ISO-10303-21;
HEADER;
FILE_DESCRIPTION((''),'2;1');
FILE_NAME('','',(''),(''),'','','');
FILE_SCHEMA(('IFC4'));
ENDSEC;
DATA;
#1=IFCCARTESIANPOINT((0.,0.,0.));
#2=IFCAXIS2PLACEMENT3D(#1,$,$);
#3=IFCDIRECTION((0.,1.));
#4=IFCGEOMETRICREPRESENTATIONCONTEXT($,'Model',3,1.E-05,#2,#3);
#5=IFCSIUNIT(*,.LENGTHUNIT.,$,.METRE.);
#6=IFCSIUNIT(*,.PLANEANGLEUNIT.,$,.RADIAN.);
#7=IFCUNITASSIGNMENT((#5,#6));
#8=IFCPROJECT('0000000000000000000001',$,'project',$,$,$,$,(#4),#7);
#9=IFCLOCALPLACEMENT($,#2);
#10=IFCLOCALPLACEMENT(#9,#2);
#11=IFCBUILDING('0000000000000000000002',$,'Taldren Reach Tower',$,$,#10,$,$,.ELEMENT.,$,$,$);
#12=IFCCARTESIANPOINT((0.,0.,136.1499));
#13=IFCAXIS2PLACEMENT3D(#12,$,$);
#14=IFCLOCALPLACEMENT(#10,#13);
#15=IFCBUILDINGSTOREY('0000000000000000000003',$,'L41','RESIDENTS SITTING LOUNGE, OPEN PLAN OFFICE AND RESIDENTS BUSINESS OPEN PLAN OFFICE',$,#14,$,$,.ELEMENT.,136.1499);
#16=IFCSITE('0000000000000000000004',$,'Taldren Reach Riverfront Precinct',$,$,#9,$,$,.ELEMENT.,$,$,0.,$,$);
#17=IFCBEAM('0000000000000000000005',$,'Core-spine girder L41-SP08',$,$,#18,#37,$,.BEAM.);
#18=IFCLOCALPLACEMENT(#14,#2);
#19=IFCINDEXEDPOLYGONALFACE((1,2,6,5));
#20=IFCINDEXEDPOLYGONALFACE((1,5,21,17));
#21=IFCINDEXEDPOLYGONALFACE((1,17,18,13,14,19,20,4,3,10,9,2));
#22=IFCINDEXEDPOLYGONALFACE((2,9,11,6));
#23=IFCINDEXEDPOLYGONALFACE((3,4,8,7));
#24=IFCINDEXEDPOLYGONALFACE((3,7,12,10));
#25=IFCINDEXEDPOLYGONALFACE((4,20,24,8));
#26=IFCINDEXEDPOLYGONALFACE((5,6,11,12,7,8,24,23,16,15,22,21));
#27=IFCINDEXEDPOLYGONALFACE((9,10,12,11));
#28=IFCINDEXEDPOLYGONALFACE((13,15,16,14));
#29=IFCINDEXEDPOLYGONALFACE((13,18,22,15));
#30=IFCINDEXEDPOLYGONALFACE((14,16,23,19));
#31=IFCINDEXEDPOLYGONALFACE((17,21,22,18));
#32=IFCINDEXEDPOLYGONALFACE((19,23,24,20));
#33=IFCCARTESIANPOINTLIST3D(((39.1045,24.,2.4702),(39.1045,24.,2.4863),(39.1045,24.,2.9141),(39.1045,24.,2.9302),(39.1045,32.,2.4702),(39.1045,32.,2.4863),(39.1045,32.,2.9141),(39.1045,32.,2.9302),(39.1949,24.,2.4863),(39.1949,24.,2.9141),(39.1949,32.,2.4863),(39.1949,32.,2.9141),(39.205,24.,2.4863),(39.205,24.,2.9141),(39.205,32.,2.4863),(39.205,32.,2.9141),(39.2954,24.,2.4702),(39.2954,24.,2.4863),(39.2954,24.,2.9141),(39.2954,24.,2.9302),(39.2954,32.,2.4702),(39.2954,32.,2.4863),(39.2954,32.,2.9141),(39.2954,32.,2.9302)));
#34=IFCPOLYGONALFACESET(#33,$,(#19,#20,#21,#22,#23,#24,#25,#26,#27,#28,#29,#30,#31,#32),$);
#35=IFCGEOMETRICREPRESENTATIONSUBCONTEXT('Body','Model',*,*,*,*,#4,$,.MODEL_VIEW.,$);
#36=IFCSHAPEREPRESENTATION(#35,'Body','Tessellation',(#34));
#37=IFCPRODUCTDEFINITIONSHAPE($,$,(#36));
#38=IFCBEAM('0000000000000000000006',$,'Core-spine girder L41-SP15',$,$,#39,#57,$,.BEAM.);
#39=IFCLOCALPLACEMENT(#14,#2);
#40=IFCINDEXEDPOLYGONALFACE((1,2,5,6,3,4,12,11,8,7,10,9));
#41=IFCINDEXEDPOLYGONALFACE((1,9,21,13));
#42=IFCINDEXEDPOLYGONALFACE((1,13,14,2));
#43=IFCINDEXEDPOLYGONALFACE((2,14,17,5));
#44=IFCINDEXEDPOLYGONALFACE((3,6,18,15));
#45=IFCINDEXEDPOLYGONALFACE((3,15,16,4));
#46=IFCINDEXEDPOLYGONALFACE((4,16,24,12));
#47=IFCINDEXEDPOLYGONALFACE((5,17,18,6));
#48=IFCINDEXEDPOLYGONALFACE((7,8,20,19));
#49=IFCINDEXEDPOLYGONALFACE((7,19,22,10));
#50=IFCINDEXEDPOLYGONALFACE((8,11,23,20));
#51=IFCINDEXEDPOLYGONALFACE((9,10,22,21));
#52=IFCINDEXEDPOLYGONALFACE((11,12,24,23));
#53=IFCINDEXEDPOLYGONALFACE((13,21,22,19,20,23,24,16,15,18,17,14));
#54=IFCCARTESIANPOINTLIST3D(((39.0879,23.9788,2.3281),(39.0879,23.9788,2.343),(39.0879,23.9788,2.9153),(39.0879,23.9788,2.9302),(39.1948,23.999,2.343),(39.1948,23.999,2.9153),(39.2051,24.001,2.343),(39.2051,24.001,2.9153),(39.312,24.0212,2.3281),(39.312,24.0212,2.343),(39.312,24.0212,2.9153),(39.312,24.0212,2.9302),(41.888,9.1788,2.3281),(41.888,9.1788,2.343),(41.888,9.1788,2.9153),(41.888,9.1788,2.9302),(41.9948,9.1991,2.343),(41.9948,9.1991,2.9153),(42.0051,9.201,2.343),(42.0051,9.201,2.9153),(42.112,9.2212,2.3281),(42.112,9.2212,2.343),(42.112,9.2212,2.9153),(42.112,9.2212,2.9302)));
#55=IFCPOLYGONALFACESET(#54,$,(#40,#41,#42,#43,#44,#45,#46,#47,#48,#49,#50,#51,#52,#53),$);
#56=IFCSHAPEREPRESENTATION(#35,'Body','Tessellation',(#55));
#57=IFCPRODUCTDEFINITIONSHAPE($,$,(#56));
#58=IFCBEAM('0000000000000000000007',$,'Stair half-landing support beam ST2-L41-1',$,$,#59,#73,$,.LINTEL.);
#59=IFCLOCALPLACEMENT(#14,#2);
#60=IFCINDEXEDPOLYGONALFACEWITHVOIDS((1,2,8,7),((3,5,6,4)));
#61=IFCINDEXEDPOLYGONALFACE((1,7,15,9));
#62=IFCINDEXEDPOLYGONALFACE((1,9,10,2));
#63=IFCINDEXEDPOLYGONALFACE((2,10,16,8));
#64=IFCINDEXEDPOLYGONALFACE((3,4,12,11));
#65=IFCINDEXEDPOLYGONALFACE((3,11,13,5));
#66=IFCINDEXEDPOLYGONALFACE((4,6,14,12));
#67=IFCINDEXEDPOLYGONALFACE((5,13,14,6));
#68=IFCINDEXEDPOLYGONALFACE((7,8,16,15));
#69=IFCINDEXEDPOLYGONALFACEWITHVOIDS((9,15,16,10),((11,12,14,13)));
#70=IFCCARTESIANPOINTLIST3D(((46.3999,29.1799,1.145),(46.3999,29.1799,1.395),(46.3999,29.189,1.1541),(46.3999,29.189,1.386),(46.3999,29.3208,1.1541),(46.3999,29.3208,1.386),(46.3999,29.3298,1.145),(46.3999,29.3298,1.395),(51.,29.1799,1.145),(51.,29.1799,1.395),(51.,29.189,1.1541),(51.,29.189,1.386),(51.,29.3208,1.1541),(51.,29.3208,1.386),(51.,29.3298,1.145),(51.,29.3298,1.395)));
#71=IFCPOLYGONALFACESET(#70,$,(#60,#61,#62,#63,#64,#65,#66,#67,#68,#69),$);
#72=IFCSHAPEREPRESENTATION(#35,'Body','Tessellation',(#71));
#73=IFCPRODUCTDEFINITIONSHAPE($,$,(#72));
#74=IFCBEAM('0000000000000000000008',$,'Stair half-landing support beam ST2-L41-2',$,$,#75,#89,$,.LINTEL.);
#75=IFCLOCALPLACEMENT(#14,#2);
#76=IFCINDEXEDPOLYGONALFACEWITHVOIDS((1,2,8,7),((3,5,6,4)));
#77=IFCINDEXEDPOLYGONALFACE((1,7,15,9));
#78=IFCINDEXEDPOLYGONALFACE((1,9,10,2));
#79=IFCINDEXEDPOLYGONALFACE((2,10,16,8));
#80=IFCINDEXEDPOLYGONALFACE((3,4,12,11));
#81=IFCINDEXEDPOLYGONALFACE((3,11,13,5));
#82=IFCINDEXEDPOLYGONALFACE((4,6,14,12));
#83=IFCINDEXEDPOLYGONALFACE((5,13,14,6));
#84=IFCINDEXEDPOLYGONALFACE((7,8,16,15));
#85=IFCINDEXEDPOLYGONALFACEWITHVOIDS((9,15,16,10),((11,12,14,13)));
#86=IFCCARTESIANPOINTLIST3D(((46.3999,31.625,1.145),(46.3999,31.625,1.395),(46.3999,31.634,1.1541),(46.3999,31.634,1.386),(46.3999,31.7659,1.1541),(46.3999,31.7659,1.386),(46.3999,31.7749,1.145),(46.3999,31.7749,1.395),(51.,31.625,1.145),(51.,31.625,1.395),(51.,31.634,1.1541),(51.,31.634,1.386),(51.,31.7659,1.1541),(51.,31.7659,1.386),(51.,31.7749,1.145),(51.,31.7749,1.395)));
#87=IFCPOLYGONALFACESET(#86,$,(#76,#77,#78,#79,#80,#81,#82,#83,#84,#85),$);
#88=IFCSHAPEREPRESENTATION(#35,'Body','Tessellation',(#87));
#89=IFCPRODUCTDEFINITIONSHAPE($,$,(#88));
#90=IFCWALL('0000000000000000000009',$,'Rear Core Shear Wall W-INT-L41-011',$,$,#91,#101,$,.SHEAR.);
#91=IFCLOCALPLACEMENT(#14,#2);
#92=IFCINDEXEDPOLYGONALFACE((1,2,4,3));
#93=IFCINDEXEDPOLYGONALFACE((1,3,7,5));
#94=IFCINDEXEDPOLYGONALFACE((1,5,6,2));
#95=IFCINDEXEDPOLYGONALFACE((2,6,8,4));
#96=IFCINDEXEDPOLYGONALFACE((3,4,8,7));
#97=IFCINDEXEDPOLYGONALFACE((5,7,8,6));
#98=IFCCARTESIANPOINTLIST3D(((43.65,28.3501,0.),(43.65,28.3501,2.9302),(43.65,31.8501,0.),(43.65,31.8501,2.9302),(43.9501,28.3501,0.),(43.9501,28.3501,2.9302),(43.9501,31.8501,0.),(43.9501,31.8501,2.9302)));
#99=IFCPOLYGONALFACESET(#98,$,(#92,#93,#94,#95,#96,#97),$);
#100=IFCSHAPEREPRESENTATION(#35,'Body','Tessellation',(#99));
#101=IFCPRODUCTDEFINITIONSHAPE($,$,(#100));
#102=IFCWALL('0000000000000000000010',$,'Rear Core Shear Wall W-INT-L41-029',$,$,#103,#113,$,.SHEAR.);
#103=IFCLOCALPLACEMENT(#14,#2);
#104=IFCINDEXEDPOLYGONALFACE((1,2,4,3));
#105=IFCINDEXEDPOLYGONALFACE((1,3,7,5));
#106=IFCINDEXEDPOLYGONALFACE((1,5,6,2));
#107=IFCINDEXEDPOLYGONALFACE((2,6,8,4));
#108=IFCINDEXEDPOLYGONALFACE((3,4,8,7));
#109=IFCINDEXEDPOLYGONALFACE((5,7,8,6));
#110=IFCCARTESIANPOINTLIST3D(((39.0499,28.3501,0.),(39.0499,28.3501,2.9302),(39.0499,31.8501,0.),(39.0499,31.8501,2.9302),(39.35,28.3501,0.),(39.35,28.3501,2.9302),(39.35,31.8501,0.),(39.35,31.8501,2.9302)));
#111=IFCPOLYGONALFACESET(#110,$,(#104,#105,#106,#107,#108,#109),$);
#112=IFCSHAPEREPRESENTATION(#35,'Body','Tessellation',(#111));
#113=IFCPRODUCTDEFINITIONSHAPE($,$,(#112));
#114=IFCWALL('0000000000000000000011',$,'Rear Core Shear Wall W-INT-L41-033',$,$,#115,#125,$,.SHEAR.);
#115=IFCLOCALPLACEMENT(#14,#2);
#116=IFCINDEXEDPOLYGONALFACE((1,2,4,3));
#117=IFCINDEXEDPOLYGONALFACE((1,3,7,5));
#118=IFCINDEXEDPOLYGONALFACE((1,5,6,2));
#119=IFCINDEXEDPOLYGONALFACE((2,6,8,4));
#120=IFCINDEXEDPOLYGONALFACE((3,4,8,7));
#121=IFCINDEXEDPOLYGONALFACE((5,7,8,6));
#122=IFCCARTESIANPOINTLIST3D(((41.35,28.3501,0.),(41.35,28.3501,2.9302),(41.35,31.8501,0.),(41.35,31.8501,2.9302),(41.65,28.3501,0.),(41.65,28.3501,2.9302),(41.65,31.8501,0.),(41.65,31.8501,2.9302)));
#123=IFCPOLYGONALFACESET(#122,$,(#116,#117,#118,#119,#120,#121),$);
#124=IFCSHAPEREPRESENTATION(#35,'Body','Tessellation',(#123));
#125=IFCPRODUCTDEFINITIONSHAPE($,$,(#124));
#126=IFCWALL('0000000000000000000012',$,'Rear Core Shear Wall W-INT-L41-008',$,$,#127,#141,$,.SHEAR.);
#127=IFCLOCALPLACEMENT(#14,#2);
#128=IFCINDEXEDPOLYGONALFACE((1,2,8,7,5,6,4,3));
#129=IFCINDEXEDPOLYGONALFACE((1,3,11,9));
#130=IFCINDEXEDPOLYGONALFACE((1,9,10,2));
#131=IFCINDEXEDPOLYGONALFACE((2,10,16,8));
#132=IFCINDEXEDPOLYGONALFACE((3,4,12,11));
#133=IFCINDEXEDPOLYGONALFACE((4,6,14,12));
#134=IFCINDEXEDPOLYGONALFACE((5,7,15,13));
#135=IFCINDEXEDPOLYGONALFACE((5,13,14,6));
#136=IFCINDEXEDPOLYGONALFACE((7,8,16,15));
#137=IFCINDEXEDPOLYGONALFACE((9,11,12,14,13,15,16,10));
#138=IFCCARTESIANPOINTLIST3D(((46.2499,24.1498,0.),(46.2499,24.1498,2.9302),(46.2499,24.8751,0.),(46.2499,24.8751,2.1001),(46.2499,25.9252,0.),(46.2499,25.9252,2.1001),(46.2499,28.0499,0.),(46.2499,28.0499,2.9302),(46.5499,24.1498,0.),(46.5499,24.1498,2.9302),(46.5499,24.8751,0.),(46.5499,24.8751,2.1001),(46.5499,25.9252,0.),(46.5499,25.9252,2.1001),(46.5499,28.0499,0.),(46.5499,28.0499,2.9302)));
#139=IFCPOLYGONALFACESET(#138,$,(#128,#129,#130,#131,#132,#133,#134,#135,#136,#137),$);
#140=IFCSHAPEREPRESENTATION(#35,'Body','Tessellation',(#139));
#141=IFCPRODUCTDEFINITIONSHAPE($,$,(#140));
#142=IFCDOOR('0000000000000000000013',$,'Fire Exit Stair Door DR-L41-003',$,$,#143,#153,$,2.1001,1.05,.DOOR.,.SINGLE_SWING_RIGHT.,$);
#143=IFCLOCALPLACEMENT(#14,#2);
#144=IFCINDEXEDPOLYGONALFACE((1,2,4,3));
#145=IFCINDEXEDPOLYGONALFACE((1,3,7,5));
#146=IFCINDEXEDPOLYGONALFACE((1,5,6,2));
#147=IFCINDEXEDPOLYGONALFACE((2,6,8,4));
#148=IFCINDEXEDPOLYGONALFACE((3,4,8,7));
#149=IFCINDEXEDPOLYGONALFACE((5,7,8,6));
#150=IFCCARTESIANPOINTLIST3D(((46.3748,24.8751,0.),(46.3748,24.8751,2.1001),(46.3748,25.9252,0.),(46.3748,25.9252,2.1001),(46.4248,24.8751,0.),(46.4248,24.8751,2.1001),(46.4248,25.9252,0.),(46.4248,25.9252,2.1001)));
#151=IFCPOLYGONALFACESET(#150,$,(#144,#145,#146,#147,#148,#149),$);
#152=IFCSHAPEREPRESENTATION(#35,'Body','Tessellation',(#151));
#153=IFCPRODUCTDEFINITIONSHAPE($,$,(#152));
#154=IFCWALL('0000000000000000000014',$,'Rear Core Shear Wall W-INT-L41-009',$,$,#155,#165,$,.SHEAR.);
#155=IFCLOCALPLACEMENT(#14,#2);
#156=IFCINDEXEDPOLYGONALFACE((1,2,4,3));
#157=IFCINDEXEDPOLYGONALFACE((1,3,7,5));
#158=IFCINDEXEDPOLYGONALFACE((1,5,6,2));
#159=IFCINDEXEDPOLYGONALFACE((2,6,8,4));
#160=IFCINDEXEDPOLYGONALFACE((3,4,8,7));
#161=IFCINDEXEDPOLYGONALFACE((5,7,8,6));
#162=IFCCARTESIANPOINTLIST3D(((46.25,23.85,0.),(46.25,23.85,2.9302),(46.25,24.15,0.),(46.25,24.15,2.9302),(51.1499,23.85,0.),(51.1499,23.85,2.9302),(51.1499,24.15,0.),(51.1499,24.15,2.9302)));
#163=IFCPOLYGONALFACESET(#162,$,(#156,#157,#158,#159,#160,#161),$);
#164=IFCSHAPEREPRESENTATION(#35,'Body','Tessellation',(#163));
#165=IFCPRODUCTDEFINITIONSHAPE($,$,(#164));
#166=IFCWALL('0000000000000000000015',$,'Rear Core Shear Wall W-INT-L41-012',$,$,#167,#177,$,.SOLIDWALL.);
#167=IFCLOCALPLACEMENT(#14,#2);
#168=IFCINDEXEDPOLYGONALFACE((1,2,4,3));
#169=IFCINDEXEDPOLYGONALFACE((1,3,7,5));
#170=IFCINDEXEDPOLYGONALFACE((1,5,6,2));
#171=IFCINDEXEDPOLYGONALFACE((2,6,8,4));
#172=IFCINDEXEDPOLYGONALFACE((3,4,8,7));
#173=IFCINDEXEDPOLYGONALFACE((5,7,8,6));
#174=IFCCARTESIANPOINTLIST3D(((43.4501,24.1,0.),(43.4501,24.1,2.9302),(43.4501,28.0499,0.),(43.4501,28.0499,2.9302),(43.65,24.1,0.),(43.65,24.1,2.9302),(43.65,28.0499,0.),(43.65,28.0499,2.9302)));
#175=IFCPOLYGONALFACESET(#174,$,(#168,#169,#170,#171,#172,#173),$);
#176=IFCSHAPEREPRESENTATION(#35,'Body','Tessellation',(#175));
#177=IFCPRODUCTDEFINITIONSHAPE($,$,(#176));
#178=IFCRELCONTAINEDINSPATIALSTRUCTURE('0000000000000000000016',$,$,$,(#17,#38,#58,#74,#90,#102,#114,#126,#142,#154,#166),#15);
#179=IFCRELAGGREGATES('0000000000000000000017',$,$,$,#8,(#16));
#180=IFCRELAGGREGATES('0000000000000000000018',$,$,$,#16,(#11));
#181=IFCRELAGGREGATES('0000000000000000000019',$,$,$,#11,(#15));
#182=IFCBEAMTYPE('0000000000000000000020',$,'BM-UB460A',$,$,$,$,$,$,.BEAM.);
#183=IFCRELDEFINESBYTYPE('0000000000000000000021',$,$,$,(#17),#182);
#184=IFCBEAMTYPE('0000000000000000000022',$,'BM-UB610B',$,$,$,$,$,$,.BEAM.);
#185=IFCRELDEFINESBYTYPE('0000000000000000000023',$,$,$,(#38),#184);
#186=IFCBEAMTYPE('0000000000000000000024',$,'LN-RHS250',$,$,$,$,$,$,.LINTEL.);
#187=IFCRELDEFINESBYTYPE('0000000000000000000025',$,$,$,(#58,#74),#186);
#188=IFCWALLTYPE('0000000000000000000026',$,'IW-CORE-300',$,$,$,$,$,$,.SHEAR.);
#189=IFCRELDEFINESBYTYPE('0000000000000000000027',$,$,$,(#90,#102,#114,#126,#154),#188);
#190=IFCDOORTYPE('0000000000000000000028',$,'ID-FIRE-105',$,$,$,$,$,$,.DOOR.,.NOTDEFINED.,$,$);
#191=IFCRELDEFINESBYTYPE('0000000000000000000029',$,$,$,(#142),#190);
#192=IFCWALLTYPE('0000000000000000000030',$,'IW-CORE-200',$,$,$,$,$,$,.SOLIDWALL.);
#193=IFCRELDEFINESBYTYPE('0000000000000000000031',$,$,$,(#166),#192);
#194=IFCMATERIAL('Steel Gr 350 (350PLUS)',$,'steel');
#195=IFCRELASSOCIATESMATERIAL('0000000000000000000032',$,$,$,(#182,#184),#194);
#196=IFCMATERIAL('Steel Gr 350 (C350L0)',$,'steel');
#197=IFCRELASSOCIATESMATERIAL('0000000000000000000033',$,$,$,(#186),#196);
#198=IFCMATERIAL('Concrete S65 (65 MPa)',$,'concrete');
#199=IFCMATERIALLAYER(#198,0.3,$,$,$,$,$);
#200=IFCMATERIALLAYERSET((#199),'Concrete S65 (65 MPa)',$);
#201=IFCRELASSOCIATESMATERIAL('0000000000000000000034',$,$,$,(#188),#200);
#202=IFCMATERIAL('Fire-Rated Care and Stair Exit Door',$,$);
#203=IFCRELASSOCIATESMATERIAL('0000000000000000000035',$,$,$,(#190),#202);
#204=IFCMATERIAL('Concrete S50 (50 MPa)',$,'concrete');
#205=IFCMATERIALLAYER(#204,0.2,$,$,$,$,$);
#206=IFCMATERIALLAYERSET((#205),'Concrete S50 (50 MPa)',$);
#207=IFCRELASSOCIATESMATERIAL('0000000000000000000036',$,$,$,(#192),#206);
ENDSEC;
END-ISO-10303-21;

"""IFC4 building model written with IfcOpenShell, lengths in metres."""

from ifc_helpers import new_model, si_unit, direction, frame, frame_2d, origin, origin_2d, place, context, subcontext, project, spatial, rectangle, hollow_rectangle, i_section, extrude, source, transform, mapped, material, layer, layer_set, material_profile, profile_set, type_object, element, fill, save


model = new_model("IFC4")

# Units and contexts
model_context = context("Model", 3, precision=1e-05, world=origin(), true_north=direction((0.0, 1.0)))
body_context = subcontext(model_context, "Body", "Model", "MODEL_VIEW")
ifc_project = project(units=[si_unit("LENGTHUNIT", "METRE"), si_unit("PLANEANGLEUNIT", "RADIAN")], contexts=[model_context])

# Site, building, storey
site_placement = place(None, origin())
site = spatial("IfcSite", under=ifc_project, at=site_placement, Name="Taldren Reach Riverfront Precinct", CompositionType="ELEMENT", RefElevation=0.0)
building_placement = place(site_placement, origin())
building = spatial("IfcBuilding", under=site, at=building_placement, Name="Taldren Reach Tower", CompositionType="ELEMENT")
storey_placement = place(building_placement, frame((0.0, 0.0, 136.1499)))
storey = spatial("IfcBuildingStorey", under=building, at=storey_placement, Name="L41", Description="RESIDENTS SITTING LOUNGE, OPEN PLAN OFFICE AND RESIDENTS BUSINESS OPEN PLAN OFFICE", CompositionType="ELEMENT", Elevation=136.1499)

# Beams
ifc_material_1 = material(Name="Steel Gr 350 (350PLUS)", Category="steel")
ifc_material_profile_1 = material_profile(ifc_material_1, i_section(OverallWidth=0.1909, OverallDepth=0.46, WebThickness=0.01, FlangeThickness=0.0161, at=origin_2d()), Name="460UB82.1")
ifc_profile_set_1 = profile_set([ifc_material_profile_1], Name="Steel Gr 350 (350PLUS)")
beam_type_1 = type_object("IfcBeamType", Name="BM-UB460A", PredefinedType="BEAM", material=ifc_profile_set_1)
shared_shape_1 = source(origin(), body_context, "Body", "SweptSolid", [
    extrude(i_section(OverallWidth=0.1909, OverallDepth=0.46, WebThickness=0.01, FlangeThickness=0.0161, at=origin_2d()), origin(), (0.0, 0.0, 1.0), 8.0),
])
beam_1_placement = place(storey_placement, frame((39.2, 24.0, 2.7002), z_axis=(0.0, 1.0, 0.0), x_axis=(-1.0, 0.0, 0.0)))
element("IfcBeam", 1, at=beam_1_placement, inside=storey, type_object=beam_type_1, Name="Core-spine girder L41-SP08", PredefinedType="BEAM", context=body_context, shape_type="MappedRepresentation", body=[
    mapped(shared_shape_1, transform((0.0, 0.0, 0.0), scale=1.0)),
])
ifc_material_profile_2 = material_profile(ifc_material_1, i_section(OverallWidth=0.228, OverallDepth=0.6021, WebThickness=0.0105, FlangeThickness=0.0149, at=origin_2d()), Name="610UB101")
ifc_profile_set_2 = profile_set([ifc_material_profile_2], Name="Steel Gr 350 (350PLUS)")
beam_type_2 = type_object("IfcBeamType", Name="BM-UB610B", PredefinedType="BEAM", material=ifc_profile_set_2)
shared_shape_2 = source(origin(), body_context, "Body", "SweptSolid", [
    extrude(i_section(OverallWidth=0.228, OverallDepth=0.6021, WebThickness=0.0105, FlangeThickness=0.0149, at=origin_2d()), origin(), (0.0, 0.0, 1.0), 15.0625),
])
beam_2_placement = place(storey_placement, frame((39.2, 24.0, 2.6292), z_axis=(0.185894, -0.98257, 0.0), x_axis=(0.98257, 0.185894, 0.0)))
element("IfcBeam", 2, at=beam_2_placement, inside=storey, type_object=beam_type_2, Name="Core-spine girder L41-SP15", PredefinedType="BEAM", context=body_context, shape_type="MappedRepresentation", body=[
    mapped(shared_shape_2, transform((0.0, 0.0, 0.0), scale=1.0)),
])
ifc_material_2 = material(Name="Steel Gr 350 (C350L0)", Category="steel")
ifc_material_profile_3 = material_profile(ifc_material_2, hollow_rectangle(XDim=0.1499, YDim=0.25, WallThickness=0.009, at=origin_2d()), Name="250x150x9.0RHS")
ifc_profile_set_3 = profile_set([ifc_material_profile_3], Name="Steel Gr 350 (C350L0)")
beam_type_3 = type_object("IfcBeamType", Name="LN-RHS250", PredefinedType="LINTEL", material=ifc_profile_set_3)
shared_shape_3 = source(origin(), body_context, "Body", "SweptSolid", [
    extrude(hollow_rectangle(XDim=0.1499, YDim=0.25, WallThickness=0.009, at=origin_2d()), origin(), (0.0, 0.0, 1.0), 4.6001),
])
for number, where, z_axis, x_axis, name in (
    (3, (46.3999, 29.2549, 1.27), (1.0, 0.0, 0.0), (0.0, 1.0, 0.0), "Stair half-landing support beam ST2-L41-1"),
    (4, (46.3999, 31.7, 1.27), (1.0, 0.0, 0.0), (0.0, 1.0, 0.0), "Stair half-landing support beam ST2-L41-2"),
):
    element("IfcBeam", number, at=place(storey_placement, frame(where, z_axis=z_axis, x_axis=x_axis)), inside=storey, type_object=beam_type_3, Name=name, PredefinedType="LINTEL", context=body_context, shape_type="MappedRepresentation", body=[
        mapped(shared_shape_3, transform((0.0, 0.0, 0.0), scale=1.0)),
    ])

# Walls
ifc_material_3 = material(Name="Concrete S65 (65 MPa)", Category="concrete")
ifc_layer_1 = layer(ifc_material_3, 0.3)
ifc_layer_set_1 = layer_set([ifc_layer_1], Name="Concrete S65 (65 MPa)")
wall_type_1 = type_object("IfcWallType", Name="IW-CORE-300", PredefinedType="SHEAR", material=ifc_layer_set_1)
shared_shape_4 = source(origin(), body_context, "Body", "SweptSolid", [
    extrude(rectangle(XDim=3.5, YDim=0.3, at=frame_2d((1.75, 0.0))), origin(), (0.0, 0.0, 1.0), 2.9302),
])
for number, where, z_axis, x_axis, name in (
    (5, (43.8, 31.8501, 0.0), (0.0, 0.0, 1.0), (0.0, -1.0, 0.0), "Rear Core Shear Wall W-INT-L41-011"),
    (6, (39.2, 28.3501, 0.0), (0.0, 0.0, 1.0), (0.0, 1.0, 0.0), "Rear Core Shear Wall W-INT-L41-029"),
    (7, (41.5, 28.3501, 0.0), (0.0, 0.0, 1.0), (0.0, 1.0, 0.0), "Rear Core Shear Wall W-INT-L41-033"),
):
    element("IfcWall", number, at=place(storey_placement, frame(where, z_axis=z_axis, x_axis=x_axis)), inside=storey, type_object=wall_type_1, Name=name, PredefinedType="SHEAR", context=body_context, shape_type="MappedRepresentation", body=[
        mapped(shared_shape_4, transform((0.0, 0.0, 0.0), scale=1.0)),
    ])

# Wall, opening, door
shared_shape_5 = source(origin(), body_context, "Body", "SweptSolid", [
    extrude(rectangle(XDim=3.9001, YDim=0.3, at=frame_2d((1.9502, 0.0))), origin(), (0.0, 0.0, 1.0), 2.9302),
])
wall_1_placement = place(storey_placement, frame((46.3999, 28.05, 0.0), z_axis=(0.0, 0.0, 1.0), x_axis=(0.0, -1.0, 0.0)))
wall_1 = element("IfcWall", 8, at=wall_1_placement, inside=storey, type_object=wall_type_1, Name="Rear Core Shear Wall W-INT-L41-008", PredefinedType="SHEAR", context=body_context, shape_type="MappedRepresentation", body=[
    mapped(shared_shape_5, transform((0.0, 0.0, 0.0), scale=1.0)),
])
shared_shape_6 = source(origin(), body_context, "Body", "SweptSolid", [
    extrude(rectangle(XDim=1.05, YDim=2.1001, at=frame_2d((0.5249, 1.05))), frame((0.0, 0.1602, 0.0), z_axis=(0.0, -1.0, 0.0), x_axis=(1.0, 0.0, 0.0)), (0.0, 0.0, 1.0), 0.3201),
])
opening_1_placement = place(wall_1_placement, frame((2.125, 0.0, 0.0)))
opening_1 = element("IfcOpeningElement", 9, at=opening_1_placement, cuts=wall_1, PredefinedType="OPENING", context=body_context, shape_type="MappedRepresentation", body=[
    mapped(shared_shape_6, transform((0.0, 0.0, 0.0), scale=1.0)),
])
ifc_material_4 = material(Name="Fire-Rated Care and Stair Exit Door")
door_type_1 = type_object("IfcDoorType", Name="ID-FIRE-105", OperationType="NOTDEFINED", PredefinedType="DOOR", material=ifc_material_4)
shared_shape_7 = source(origin(), body_context, "Body", "SweptSolid", [
    extrude(rectangle(XDim=1.05, YDim=2.1001, at=frame_2d((0.5249, 1.05))), frame((0.0, 0.0249, 0.0), z_axis=(0.0, -1.0, 0.0), x_axis=(1.0, 0.0, 0.0)), (0.0, 0.0, 1.0), 0.05),
])
door_1_placement = place(opening_1_placement, origin())
door_1 = element("IfcDoor", 10, at=door_1_placement, inside=storey, type_object=door_type_1, Name="Fire Exit Stair Door DR-L41-003", OperationType="SINGLE_SWING_RIGHT", OverallHeight=2.1001, OverallWidth=1.05, PredefinedType="DOOR", context=body_context, shape_type="MappedRepresentation", body=[
    mapped(shared_shape_7, transform((0.0, 0.0, 0.0), scale=1.0)),
])
fill(opening_1, door_1)

# Wall
shared_shape_8 = source(origin(), body_context, "Body", "SweptSolid", [
    extrude(rectangle(XDim=4.8999, YDim=0.3, at=frame_2d((2.45, 0.0))), origin(), (0.0, 0.0, 1.0), 2.9302),
])
wall_2_placement = place(storey_placement, frame((46.25, 24.0, 0.0), z_axis=(0.0, 0.0, 1.0), x_axis=(1.0, 0.0, 0.0)))
element("IfcWall", 11, at=wall_2_placement, inside=storey, type_object=wall_type_1, Name="Rear Core Shear Wall W-INT-L41-009", PredefinedType="SHEAR", context=body_context, shape_type="MappedRepresentation", body=[
    mapped(shared_shape_8, transform((0.0, 0.0, 0.0), scale=1.0)),
])

# Wall
ifc_material_5 = material(Name="Concrete S50 (50 MPa)", Category="concrete")
ifc_layer_2 = layer(ifc_material_5, 0.2)
ifc_layer_set_2 = layer_set([ifc_layer_2], Name="Concrete S50 (50 MPa)")
wall_type_2 = type_object("IfcWallType", Name="IW-CORE-200", PredefinedType="SOLIDWALL", material=ifc_layer_set_2)
shared_shape_9 = source(origin(), body_context, "Body", "SweptSolid", [
    extrude(rectangle(XDim=3.95, YDim=0.2, at=frame_2d((1.9751, 0.0))), origin(), (0.0, 0.0, 1.0), 2.9302),
])
wall_3_placement = place(storey_placement, frame((43.55, 28.05, 0.0), z_axis=(0.0, 0.0, 1.0), x_axis=(0.0, -1.0, 0.0)))
element("IfcWall", 12, at=wall_3_placement, inside=storey, type_object=wall_type_2, Name="Rear Core Shear Wall W-INT-L41-012", PredefinedType="SOLIDWALL", context=body_context, shape_type="MappedRepresentation", body=[
    mapped(shared_shape_9, transform((0.0, 0.0, 0.0), scale=1.0)),
])

save(model, "model.ifc")
